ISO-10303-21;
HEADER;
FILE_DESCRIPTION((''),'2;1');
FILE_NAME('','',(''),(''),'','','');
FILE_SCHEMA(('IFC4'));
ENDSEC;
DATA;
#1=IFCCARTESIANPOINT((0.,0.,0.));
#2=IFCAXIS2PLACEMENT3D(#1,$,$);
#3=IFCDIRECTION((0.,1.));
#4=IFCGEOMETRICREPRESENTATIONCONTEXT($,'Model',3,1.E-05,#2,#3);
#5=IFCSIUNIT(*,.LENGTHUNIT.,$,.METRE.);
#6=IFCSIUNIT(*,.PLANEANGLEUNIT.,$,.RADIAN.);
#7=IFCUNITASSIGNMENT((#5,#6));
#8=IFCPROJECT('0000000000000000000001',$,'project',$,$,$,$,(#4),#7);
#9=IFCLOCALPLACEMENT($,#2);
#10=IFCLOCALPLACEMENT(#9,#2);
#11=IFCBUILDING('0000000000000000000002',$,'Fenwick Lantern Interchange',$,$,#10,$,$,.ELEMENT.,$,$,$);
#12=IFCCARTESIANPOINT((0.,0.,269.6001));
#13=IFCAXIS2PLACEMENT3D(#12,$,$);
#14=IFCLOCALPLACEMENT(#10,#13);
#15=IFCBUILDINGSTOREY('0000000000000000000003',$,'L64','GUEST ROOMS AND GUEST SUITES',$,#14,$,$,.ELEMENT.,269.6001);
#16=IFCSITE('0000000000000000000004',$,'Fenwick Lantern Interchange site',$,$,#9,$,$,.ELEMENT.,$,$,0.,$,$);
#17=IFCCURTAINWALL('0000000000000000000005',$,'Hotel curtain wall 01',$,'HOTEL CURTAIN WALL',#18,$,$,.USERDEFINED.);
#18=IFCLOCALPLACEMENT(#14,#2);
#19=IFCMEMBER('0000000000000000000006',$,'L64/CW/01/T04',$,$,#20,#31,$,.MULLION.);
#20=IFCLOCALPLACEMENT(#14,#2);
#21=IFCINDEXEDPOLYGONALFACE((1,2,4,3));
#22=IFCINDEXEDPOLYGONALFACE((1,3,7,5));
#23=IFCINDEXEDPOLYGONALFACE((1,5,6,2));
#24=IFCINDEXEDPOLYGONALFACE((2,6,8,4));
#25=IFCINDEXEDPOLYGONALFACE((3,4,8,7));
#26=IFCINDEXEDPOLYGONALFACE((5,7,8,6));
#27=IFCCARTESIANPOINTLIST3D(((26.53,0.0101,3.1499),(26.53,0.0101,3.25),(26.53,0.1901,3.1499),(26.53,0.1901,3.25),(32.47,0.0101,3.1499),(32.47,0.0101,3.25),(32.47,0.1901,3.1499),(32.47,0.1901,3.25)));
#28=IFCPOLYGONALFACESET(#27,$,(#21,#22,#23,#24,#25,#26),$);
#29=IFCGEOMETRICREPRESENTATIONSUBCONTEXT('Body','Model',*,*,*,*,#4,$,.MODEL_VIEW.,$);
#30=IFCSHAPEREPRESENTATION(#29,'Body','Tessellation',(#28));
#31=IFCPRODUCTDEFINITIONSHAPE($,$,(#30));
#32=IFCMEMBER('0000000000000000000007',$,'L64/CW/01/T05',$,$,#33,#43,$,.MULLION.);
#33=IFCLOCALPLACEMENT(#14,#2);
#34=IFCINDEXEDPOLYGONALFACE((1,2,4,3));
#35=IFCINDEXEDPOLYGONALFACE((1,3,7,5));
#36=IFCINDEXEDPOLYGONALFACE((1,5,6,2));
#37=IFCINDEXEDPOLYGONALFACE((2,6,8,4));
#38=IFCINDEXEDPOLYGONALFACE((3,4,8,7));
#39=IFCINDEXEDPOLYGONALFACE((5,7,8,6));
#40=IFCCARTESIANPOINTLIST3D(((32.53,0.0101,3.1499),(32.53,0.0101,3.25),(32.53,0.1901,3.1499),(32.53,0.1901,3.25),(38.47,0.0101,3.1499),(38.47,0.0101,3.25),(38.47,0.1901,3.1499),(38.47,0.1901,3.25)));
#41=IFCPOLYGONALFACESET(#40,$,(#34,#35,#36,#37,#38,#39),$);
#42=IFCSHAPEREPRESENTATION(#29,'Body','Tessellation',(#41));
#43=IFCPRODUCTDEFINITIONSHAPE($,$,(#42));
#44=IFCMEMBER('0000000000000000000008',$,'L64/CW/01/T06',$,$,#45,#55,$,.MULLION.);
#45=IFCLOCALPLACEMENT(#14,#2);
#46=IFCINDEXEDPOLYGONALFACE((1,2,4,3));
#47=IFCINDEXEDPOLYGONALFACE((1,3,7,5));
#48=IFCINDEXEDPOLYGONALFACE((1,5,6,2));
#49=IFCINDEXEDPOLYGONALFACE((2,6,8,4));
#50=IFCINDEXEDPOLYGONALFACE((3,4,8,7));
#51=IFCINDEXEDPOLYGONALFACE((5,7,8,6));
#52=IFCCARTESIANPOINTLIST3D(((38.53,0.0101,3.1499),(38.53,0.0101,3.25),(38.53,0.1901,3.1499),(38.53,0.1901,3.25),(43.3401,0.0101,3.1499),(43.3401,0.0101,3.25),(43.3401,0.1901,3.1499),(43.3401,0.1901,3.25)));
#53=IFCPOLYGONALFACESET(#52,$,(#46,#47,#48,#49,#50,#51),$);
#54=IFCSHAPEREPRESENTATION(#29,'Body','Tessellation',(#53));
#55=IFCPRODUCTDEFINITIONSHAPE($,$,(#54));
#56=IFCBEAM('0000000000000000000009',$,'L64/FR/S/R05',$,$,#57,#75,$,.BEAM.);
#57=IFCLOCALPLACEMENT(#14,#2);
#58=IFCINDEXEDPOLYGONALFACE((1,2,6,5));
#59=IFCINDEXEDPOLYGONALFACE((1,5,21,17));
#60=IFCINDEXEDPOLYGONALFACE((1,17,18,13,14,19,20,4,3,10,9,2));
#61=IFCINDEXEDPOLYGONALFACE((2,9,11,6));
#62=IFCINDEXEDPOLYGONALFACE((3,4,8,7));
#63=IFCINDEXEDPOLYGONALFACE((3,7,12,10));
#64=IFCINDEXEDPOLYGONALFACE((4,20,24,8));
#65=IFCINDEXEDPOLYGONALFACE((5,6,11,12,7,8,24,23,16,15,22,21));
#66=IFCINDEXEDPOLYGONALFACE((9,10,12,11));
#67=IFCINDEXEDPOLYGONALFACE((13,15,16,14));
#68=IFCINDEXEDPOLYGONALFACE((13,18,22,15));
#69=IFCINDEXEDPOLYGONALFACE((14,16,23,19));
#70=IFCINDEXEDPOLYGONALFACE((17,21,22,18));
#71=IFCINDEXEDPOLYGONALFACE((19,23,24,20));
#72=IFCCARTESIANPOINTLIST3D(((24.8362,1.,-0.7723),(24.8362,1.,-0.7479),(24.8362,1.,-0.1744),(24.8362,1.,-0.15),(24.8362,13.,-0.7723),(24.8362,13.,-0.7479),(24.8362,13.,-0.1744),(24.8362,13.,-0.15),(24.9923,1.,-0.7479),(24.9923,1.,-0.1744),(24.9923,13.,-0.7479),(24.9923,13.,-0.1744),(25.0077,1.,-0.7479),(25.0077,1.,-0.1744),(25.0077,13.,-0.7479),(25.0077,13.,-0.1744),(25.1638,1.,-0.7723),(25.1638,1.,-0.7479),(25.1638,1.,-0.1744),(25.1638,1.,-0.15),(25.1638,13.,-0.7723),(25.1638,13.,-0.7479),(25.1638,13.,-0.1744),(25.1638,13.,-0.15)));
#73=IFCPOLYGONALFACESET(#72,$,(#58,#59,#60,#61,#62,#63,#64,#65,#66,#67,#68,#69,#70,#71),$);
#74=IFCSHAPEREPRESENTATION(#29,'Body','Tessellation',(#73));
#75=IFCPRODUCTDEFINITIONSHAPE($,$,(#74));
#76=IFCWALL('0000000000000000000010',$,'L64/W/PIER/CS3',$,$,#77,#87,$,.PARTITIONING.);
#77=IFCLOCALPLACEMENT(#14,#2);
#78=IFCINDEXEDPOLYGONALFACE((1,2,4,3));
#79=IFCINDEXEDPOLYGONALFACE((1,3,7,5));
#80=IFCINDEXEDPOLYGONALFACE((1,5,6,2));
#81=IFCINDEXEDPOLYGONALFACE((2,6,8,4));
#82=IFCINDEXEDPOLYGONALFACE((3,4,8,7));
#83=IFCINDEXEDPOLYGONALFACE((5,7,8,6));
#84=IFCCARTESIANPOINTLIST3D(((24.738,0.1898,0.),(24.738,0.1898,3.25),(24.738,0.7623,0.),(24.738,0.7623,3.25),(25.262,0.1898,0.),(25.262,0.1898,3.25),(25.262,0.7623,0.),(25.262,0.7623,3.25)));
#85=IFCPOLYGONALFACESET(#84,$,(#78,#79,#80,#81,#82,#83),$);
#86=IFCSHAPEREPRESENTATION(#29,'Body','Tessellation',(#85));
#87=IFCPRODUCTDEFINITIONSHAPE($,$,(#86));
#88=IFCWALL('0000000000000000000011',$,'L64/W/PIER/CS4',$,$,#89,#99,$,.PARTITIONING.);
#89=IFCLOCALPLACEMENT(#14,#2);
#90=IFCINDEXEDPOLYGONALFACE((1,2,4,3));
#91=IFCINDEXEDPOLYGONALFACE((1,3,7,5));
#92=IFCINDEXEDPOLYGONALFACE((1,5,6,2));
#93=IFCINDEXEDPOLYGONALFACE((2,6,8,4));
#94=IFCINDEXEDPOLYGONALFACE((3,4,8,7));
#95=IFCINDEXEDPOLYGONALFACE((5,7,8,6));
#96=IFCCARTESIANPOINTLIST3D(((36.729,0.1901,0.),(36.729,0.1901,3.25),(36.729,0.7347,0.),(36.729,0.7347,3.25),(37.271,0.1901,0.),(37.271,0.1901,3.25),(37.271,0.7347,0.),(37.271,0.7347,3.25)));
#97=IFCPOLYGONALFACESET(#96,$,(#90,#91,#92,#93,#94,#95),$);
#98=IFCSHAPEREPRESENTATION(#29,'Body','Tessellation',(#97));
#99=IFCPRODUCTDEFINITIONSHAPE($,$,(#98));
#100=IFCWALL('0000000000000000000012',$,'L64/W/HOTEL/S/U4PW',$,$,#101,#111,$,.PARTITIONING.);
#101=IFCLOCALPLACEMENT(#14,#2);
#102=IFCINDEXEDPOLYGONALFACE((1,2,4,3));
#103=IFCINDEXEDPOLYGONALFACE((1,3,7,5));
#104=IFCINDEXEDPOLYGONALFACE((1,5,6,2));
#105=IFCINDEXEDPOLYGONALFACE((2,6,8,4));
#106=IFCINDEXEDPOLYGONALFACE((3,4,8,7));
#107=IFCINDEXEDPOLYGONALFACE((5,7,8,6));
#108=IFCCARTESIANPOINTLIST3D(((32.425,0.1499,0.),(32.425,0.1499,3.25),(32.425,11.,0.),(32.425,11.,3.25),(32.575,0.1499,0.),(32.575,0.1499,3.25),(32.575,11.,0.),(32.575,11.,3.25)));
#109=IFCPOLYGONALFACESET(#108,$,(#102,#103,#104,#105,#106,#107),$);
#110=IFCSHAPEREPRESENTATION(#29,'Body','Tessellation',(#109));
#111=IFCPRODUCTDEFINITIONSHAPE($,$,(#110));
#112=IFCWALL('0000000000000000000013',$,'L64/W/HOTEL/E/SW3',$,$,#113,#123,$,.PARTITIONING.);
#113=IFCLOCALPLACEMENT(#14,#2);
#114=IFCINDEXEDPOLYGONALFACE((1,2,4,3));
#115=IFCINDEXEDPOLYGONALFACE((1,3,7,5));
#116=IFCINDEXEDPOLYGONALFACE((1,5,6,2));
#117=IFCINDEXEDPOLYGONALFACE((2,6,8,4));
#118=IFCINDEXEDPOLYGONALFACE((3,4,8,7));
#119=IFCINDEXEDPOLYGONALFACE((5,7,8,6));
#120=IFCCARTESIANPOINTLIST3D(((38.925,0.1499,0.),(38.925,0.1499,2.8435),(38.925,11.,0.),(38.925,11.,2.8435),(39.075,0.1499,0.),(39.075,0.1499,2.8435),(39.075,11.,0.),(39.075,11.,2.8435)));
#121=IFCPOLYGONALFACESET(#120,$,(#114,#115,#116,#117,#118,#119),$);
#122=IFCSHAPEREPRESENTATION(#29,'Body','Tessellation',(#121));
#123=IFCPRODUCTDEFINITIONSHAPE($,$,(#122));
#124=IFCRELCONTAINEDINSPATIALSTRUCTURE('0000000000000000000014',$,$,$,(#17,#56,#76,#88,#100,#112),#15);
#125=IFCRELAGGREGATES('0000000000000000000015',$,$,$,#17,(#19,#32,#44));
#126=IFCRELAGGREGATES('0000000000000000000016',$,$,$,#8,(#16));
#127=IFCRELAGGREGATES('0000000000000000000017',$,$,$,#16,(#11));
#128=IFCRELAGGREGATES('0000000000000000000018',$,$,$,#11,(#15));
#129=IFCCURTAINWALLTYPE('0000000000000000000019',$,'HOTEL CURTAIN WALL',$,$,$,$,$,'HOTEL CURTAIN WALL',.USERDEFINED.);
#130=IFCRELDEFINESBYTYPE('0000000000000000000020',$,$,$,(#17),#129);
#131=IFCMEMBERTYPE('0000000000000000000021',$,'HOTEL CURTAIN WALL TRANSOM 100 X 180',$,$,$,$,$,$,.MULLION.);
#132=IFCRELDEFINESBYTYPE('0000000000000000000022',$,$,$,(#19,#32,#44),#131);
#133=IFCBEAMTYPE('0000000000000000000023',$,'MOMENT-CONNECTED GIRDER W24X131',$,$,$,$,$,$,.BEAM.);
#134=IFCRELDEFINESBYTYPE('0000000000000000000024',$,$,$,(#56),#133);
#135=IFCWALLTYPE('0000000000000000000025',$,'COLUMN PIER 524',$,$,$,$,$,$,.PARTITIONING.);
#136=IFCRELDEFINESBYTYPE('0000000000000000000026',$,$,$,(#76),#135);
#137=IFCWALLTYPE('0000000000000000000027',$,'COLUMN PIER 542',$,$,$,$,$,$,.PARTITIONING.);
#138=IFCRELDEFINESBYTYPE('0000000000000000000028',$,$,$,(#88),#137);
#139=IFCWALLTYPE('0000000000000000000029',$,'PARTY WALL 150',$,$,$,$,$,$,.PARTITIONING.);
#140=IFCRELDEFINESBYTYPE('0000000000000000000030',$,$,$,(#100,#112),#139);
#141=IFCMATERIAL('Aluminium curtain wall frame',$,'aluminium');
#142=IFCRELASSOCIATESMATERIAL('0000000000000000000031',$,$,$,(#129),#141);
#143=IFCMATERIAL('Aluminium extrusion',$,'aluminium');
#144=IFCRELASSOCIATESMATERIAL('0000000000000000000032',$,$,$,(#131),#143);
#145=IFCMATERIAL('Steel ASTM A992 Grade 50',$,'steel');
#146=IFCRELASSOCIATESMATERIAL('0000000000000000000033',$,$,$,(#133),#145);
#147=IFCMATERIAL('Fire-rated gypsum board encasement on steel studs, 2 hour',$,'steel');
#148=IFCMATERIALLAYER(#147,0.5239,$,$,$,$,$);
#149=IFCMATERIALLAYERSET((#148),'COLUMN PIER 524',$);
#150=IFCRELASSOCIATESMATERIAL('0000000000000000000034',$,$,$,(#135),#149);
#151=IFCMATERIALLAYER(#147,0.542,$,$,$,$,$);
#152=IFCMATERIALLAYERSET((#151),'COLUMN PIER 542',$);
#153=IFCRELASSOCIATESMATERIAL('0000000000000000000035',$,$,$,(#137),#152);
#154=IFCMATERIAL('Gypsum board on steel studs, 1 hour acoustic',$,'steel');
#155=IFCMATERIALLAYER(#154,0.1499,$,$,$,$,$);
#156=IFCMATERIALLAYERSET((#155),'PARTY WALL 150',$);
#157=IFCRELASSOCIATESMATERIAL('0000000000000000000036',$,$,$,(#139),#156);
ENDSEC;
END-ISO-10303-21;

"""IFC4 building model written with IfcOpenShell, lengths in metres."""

from ifc_helpers import new_model, si_unit, direction, frame, frame_2d, origin, origin_2d, place, context, subcontext, project, spatial, rectangle, i_section, extrude, material, layer, layer_set, material_profile, profile_set, type_object, element, aggregate, save


model = new_model("IFC4")

# Units and contexts
model_context = context("Model", 3, precision=1e-05, world=origin(), true_north=direction((0.0, 1.0)))
body_context = subcontext(model_context, "Body", "Model", "MODEL_VIEW")
ifc_project = project(units=[si_unit("LENGTHUNIT", "METRE"), si_unit("PLANEANGLEUNIT", "RADIAN")], contexts=[model_context])

# Site, building, storey
site_placement = place(None, origin())
site = spatial("IfcSite", under=ifc_project, at=site_placement, Name="Fenwick Lantern Interchange site", CompositionType="ELEMENT", RefElevation=0.0)
building_placement = place(site_placement, origin())
building = spatial("IfcBuilding", under=site, at=building_placement, Name="Fenwick Lantern Interchange", CompositionType="ELEMENT")
storey_placement = place(building_placement, frame((0.0, 0.0, 269.6001)))
storey = spatial("IfcBuildingStorey", under=building, at=storey_placement, Name="L64", Description="GUEST ROOMS AND GUEST SUITES", CompositionType="ELEMENT", Elevation=269.6001)

# Shared definitions
ifc_material_1 = material(Name="Steel ASTM A992 Grade 50", Category="steel")

# Curtain wall, members
ifc_material_2 = material(Name="Aluminium curtain wall frame", Category="aluminium")
curtain_wall_type = type_object("IfcCurtainWallType", Name="HOTEL CURTAIN WALL", ElementType="HOTEL CURTAIN WALL", PredefinedType="USERDEFINED", material=ifc_material_2)
curtain_wall_placement = place(storey_placement, origin())
curtain_wall = element("IfcCurtainWall", 1, at=curtain_wall_placement, inside=storey, type_object=curtain_wall_type, Name="Hotel curtain wall 01", ObjectType="HOTEL CURTAIN WALL", PredefinedType="USERDEFINED")
ifc_material_3 = material(Name="Aluminium extrusion", Category="aluminium")
ifc_material_profile_1 = material_profile(ifc_material_3, rectangle(XDim=0.1799, YDim=0.1001, at=origin_2d()), Name="HOTEL CURTAIN WALL TRANSOM 100 X 180")
ifc_profile_set_1 = profile_set([ifc_material_profile_1], Name="Aluminium extrusion")
member_type_1 = type_object("IfcMemberType", Name="HOTEL CURTAIN WALL TRANSOM 100 X 180", PredefinedType="MULLION", material=ifc_profile_set_1)
member_1_placement = place(storey_placement, frame((26.53, 0.1001, 3.2), z_axis=(1.0, 0.0, 0.0), x_axis=(0.0, 1.0, 0.0)))
member_1 = element("IfcMember", 2, at=member_1_placement, type_object=member_type_1, Name="L64/CW/01/T04", PredefinedType="MULLION", context=body_context, shape_type="SweptSolid", body=[
    extrude(rectangle(XDim=0.1799, YDim=0.1001, at=origin_2d()), origin(), (0.0, 0.0, 1.0), 5.9399),
])
member_2_placement = place(storey_placement, frame((32.53, 0.1001, 3.2), z_axis=(1.0, 0.0, 0.0), x_axis=(0.0, 1.0, 0.0)))
member_2 = element("IfcMember", 3, at=member_2_placement, type_object=member_type_1, Name="L64/CW/01/T05", PredefinedType="MULLION", context=body_context, shape_type="SweptSolid", body=[
    extrude(rectangle(XDim=0.1799, YDim=0.1001, at=origin_2d()), origin(), (0.0, 0.0, 1.0), 5.9399),
])
member_3_placement = place(storey_placement, frame((38.53, 0.1001, 3.2), z_axis=(1.0, 0.0, 0.0), x_axis=(0.0, 1.0, 0.0)))
member_3 = element("IfcMember", 4, at=member_3_placement, type_object=member_type_1, Name="L64/CW/01/T06", PredefinedType="MULLION", context=body_context, shape_type="SweptSolid", body=[
    extrude(rectangle(XDim=0.1799, YDim=0.1001, at=origin_2d()), origin(), (0.0, 0.0, 1.0), 4.8101),
])
aggregate(curtain_wall, [member_1, member_2, member_3])

# Beam
ifc_material_profile_2 = material_profile(ifc_material_1, i_section(OverallWidth=0.3276, OverallDepth=0.6223, WebThickness=0.0154, FlangeThickness=0.0244, at=origin_2d()), Name="W24X131")
ifc_profile_set_2 = profile_set([ifc_material_profile_2], Name="Steel ASTM A992 Grade 50")
beam_type_1 = type_object("IfcBeamType", Name="MOMENT-CONNECTED GIRDER W24X131", PredefinedType="BEAM", material=ifc_profile_set_2)
beam_1_placement = place(storey_placement, frame((25.0, 1.0, -0.4612), z_axis=(0.0, 1.0, 0.0), x_axis=(-1.0, 0.0, 0.0)))
element("IfcBeam", 5, at=beam_1_placement, inside=storey, type_object=beam_type_1, Name="L64/FR/S/R05", PredefinedType="BEAM", context=body_context, shape_type="SweptSolid", body=[
    extrude(i_section(OverallWidth=0.3276, OverallDepth=0.6223, WebThickness=0.0154, FlangeThickness=0.0244, at=origin_2d()), origin(), (0.0, 0.0, 1.0), 12.0),
])

# Walls
ifc_material_4 = material(Name="Fire-rated gypsum board encasement on steel studs, 2 hour", Category="steel")
ifc_layer_1 = layer(ifc_material_4, 0.5239)
ifc_layer_set_1 = layer_set([ifc_layer_1], Name="COLUMN PIER 524")
wall_type_1 = type_object("IfcWallType", Name="COLUMN PIER 524", PredefinedType="PARTITIONING", material=ifc_layer_set_1)
wall_1_placement = place(storey_placement, frame((25.0, 0.1899, 0.0), z_axis=(0.0, 0.0, 1.0), x_axis=(0.0, 1.0, 0.0)))
element("IfcWall", 6, at=wall_1_placement, inside=storey, type_object=wall_type_1, Name="L64/W/PIER/CS3", PredefinedType="PARTITIONING", context=body_context, shape_type="SweptSolid", body=[
    extrude(rectangle(XDim=0.5725, YDim=0.5239, at=frame_2d((0.2861, 0.0))), origin(), (0.0, 0.0, 1.0), 3.25),
])
ifc_layer_2 = layer(ifc_material_4, 0.542)
ifc_layer_set_2 = layer_set([ifc_layer_2], Name="COLUMN PIER 542")
wall_type_2 = type_object("IfcWallType", Name="COLUMN PIER 542", PredefinedType="PARTITIONING", material=ifc_layer_set_2)
wall_2_placement = place(storey_placement, frame((37.0, 0.1899, 0.0), z_axis=(0.0, 0.0, 1.0), x_axis=(0.0, 1.0, 0.0)))
element("IfcWall", 7, at=wall_2_placement, inside=storey, type_object=wall_type_2, Name="L64/W/PIER/CS4", PredefinedType="PARTITIONING", context=body_context, shape_type="SweptSolid", body=[
    extrude(rectangle(XDim=0.5447, YDim=0.542, at=frame_2d((0.2725, 0.0))), origin(), (0.0, 0.0, 1.0), 3.25),
])
ifc_material_5 = material(Name="Gypsum board on steel studs, 1 hour acoustic", Category="steel")
ifc_layer_3 = layer(ifc_material_5, 0.1499)
ifc_layer_set_3 = layer_set([ifc_layer_3], Name="PARTY WALL 150")
wall_type_3 = type_object("IfcWallType", Name="PARTY WALL 150", PredefinedType="PARTITIONING", material=ifc_layer_set_3)
wall_3_placement = place(storey_placement, frame((32.5, 0.1499, 0.0), z_axis=(0.0, 0.0, 1.0), x_axis=(0.0, 1.0, 0.0)))
element("IfcWall", 8, at=wall_3_placement, inside=storey, type_object=wall_type_3, Name="L64/W/HOTEL/S/U4PW", PredefinedType="PARTITIONING", context=body_context, shape_type="SweptSolid", body=[
    extrude(rectangle(XDim=10.8501, YDim=0.1499, at=frame_2d((5.425, 0.0))), origin(), (0.0, 0.0, 1.0), 3.25),
])
wall_4_placement = place(storey_placement, frame((39.0, 0.1499, 0.0), z_axis=(0.0, 0.0, 1.0), x_axis=(0.0, 1.0, 0.0)))
element("IfcWall", 9, at=wall_4_placement, inside=storey, type_object=wall_type_3, Name="L64/W/HOTEL/E/SW3", PredefinedType="PARTITIONING", context=body_context, shape_type="SweptSolid", body=[
    extrude(rectangle(XDim=10.8501, YDim=0.1499, at=frame_2d((5.425, 0.0))), origin(), (0.0, 0.0, 1.0), 2.8435),
])

save(model, "model.ifc")
